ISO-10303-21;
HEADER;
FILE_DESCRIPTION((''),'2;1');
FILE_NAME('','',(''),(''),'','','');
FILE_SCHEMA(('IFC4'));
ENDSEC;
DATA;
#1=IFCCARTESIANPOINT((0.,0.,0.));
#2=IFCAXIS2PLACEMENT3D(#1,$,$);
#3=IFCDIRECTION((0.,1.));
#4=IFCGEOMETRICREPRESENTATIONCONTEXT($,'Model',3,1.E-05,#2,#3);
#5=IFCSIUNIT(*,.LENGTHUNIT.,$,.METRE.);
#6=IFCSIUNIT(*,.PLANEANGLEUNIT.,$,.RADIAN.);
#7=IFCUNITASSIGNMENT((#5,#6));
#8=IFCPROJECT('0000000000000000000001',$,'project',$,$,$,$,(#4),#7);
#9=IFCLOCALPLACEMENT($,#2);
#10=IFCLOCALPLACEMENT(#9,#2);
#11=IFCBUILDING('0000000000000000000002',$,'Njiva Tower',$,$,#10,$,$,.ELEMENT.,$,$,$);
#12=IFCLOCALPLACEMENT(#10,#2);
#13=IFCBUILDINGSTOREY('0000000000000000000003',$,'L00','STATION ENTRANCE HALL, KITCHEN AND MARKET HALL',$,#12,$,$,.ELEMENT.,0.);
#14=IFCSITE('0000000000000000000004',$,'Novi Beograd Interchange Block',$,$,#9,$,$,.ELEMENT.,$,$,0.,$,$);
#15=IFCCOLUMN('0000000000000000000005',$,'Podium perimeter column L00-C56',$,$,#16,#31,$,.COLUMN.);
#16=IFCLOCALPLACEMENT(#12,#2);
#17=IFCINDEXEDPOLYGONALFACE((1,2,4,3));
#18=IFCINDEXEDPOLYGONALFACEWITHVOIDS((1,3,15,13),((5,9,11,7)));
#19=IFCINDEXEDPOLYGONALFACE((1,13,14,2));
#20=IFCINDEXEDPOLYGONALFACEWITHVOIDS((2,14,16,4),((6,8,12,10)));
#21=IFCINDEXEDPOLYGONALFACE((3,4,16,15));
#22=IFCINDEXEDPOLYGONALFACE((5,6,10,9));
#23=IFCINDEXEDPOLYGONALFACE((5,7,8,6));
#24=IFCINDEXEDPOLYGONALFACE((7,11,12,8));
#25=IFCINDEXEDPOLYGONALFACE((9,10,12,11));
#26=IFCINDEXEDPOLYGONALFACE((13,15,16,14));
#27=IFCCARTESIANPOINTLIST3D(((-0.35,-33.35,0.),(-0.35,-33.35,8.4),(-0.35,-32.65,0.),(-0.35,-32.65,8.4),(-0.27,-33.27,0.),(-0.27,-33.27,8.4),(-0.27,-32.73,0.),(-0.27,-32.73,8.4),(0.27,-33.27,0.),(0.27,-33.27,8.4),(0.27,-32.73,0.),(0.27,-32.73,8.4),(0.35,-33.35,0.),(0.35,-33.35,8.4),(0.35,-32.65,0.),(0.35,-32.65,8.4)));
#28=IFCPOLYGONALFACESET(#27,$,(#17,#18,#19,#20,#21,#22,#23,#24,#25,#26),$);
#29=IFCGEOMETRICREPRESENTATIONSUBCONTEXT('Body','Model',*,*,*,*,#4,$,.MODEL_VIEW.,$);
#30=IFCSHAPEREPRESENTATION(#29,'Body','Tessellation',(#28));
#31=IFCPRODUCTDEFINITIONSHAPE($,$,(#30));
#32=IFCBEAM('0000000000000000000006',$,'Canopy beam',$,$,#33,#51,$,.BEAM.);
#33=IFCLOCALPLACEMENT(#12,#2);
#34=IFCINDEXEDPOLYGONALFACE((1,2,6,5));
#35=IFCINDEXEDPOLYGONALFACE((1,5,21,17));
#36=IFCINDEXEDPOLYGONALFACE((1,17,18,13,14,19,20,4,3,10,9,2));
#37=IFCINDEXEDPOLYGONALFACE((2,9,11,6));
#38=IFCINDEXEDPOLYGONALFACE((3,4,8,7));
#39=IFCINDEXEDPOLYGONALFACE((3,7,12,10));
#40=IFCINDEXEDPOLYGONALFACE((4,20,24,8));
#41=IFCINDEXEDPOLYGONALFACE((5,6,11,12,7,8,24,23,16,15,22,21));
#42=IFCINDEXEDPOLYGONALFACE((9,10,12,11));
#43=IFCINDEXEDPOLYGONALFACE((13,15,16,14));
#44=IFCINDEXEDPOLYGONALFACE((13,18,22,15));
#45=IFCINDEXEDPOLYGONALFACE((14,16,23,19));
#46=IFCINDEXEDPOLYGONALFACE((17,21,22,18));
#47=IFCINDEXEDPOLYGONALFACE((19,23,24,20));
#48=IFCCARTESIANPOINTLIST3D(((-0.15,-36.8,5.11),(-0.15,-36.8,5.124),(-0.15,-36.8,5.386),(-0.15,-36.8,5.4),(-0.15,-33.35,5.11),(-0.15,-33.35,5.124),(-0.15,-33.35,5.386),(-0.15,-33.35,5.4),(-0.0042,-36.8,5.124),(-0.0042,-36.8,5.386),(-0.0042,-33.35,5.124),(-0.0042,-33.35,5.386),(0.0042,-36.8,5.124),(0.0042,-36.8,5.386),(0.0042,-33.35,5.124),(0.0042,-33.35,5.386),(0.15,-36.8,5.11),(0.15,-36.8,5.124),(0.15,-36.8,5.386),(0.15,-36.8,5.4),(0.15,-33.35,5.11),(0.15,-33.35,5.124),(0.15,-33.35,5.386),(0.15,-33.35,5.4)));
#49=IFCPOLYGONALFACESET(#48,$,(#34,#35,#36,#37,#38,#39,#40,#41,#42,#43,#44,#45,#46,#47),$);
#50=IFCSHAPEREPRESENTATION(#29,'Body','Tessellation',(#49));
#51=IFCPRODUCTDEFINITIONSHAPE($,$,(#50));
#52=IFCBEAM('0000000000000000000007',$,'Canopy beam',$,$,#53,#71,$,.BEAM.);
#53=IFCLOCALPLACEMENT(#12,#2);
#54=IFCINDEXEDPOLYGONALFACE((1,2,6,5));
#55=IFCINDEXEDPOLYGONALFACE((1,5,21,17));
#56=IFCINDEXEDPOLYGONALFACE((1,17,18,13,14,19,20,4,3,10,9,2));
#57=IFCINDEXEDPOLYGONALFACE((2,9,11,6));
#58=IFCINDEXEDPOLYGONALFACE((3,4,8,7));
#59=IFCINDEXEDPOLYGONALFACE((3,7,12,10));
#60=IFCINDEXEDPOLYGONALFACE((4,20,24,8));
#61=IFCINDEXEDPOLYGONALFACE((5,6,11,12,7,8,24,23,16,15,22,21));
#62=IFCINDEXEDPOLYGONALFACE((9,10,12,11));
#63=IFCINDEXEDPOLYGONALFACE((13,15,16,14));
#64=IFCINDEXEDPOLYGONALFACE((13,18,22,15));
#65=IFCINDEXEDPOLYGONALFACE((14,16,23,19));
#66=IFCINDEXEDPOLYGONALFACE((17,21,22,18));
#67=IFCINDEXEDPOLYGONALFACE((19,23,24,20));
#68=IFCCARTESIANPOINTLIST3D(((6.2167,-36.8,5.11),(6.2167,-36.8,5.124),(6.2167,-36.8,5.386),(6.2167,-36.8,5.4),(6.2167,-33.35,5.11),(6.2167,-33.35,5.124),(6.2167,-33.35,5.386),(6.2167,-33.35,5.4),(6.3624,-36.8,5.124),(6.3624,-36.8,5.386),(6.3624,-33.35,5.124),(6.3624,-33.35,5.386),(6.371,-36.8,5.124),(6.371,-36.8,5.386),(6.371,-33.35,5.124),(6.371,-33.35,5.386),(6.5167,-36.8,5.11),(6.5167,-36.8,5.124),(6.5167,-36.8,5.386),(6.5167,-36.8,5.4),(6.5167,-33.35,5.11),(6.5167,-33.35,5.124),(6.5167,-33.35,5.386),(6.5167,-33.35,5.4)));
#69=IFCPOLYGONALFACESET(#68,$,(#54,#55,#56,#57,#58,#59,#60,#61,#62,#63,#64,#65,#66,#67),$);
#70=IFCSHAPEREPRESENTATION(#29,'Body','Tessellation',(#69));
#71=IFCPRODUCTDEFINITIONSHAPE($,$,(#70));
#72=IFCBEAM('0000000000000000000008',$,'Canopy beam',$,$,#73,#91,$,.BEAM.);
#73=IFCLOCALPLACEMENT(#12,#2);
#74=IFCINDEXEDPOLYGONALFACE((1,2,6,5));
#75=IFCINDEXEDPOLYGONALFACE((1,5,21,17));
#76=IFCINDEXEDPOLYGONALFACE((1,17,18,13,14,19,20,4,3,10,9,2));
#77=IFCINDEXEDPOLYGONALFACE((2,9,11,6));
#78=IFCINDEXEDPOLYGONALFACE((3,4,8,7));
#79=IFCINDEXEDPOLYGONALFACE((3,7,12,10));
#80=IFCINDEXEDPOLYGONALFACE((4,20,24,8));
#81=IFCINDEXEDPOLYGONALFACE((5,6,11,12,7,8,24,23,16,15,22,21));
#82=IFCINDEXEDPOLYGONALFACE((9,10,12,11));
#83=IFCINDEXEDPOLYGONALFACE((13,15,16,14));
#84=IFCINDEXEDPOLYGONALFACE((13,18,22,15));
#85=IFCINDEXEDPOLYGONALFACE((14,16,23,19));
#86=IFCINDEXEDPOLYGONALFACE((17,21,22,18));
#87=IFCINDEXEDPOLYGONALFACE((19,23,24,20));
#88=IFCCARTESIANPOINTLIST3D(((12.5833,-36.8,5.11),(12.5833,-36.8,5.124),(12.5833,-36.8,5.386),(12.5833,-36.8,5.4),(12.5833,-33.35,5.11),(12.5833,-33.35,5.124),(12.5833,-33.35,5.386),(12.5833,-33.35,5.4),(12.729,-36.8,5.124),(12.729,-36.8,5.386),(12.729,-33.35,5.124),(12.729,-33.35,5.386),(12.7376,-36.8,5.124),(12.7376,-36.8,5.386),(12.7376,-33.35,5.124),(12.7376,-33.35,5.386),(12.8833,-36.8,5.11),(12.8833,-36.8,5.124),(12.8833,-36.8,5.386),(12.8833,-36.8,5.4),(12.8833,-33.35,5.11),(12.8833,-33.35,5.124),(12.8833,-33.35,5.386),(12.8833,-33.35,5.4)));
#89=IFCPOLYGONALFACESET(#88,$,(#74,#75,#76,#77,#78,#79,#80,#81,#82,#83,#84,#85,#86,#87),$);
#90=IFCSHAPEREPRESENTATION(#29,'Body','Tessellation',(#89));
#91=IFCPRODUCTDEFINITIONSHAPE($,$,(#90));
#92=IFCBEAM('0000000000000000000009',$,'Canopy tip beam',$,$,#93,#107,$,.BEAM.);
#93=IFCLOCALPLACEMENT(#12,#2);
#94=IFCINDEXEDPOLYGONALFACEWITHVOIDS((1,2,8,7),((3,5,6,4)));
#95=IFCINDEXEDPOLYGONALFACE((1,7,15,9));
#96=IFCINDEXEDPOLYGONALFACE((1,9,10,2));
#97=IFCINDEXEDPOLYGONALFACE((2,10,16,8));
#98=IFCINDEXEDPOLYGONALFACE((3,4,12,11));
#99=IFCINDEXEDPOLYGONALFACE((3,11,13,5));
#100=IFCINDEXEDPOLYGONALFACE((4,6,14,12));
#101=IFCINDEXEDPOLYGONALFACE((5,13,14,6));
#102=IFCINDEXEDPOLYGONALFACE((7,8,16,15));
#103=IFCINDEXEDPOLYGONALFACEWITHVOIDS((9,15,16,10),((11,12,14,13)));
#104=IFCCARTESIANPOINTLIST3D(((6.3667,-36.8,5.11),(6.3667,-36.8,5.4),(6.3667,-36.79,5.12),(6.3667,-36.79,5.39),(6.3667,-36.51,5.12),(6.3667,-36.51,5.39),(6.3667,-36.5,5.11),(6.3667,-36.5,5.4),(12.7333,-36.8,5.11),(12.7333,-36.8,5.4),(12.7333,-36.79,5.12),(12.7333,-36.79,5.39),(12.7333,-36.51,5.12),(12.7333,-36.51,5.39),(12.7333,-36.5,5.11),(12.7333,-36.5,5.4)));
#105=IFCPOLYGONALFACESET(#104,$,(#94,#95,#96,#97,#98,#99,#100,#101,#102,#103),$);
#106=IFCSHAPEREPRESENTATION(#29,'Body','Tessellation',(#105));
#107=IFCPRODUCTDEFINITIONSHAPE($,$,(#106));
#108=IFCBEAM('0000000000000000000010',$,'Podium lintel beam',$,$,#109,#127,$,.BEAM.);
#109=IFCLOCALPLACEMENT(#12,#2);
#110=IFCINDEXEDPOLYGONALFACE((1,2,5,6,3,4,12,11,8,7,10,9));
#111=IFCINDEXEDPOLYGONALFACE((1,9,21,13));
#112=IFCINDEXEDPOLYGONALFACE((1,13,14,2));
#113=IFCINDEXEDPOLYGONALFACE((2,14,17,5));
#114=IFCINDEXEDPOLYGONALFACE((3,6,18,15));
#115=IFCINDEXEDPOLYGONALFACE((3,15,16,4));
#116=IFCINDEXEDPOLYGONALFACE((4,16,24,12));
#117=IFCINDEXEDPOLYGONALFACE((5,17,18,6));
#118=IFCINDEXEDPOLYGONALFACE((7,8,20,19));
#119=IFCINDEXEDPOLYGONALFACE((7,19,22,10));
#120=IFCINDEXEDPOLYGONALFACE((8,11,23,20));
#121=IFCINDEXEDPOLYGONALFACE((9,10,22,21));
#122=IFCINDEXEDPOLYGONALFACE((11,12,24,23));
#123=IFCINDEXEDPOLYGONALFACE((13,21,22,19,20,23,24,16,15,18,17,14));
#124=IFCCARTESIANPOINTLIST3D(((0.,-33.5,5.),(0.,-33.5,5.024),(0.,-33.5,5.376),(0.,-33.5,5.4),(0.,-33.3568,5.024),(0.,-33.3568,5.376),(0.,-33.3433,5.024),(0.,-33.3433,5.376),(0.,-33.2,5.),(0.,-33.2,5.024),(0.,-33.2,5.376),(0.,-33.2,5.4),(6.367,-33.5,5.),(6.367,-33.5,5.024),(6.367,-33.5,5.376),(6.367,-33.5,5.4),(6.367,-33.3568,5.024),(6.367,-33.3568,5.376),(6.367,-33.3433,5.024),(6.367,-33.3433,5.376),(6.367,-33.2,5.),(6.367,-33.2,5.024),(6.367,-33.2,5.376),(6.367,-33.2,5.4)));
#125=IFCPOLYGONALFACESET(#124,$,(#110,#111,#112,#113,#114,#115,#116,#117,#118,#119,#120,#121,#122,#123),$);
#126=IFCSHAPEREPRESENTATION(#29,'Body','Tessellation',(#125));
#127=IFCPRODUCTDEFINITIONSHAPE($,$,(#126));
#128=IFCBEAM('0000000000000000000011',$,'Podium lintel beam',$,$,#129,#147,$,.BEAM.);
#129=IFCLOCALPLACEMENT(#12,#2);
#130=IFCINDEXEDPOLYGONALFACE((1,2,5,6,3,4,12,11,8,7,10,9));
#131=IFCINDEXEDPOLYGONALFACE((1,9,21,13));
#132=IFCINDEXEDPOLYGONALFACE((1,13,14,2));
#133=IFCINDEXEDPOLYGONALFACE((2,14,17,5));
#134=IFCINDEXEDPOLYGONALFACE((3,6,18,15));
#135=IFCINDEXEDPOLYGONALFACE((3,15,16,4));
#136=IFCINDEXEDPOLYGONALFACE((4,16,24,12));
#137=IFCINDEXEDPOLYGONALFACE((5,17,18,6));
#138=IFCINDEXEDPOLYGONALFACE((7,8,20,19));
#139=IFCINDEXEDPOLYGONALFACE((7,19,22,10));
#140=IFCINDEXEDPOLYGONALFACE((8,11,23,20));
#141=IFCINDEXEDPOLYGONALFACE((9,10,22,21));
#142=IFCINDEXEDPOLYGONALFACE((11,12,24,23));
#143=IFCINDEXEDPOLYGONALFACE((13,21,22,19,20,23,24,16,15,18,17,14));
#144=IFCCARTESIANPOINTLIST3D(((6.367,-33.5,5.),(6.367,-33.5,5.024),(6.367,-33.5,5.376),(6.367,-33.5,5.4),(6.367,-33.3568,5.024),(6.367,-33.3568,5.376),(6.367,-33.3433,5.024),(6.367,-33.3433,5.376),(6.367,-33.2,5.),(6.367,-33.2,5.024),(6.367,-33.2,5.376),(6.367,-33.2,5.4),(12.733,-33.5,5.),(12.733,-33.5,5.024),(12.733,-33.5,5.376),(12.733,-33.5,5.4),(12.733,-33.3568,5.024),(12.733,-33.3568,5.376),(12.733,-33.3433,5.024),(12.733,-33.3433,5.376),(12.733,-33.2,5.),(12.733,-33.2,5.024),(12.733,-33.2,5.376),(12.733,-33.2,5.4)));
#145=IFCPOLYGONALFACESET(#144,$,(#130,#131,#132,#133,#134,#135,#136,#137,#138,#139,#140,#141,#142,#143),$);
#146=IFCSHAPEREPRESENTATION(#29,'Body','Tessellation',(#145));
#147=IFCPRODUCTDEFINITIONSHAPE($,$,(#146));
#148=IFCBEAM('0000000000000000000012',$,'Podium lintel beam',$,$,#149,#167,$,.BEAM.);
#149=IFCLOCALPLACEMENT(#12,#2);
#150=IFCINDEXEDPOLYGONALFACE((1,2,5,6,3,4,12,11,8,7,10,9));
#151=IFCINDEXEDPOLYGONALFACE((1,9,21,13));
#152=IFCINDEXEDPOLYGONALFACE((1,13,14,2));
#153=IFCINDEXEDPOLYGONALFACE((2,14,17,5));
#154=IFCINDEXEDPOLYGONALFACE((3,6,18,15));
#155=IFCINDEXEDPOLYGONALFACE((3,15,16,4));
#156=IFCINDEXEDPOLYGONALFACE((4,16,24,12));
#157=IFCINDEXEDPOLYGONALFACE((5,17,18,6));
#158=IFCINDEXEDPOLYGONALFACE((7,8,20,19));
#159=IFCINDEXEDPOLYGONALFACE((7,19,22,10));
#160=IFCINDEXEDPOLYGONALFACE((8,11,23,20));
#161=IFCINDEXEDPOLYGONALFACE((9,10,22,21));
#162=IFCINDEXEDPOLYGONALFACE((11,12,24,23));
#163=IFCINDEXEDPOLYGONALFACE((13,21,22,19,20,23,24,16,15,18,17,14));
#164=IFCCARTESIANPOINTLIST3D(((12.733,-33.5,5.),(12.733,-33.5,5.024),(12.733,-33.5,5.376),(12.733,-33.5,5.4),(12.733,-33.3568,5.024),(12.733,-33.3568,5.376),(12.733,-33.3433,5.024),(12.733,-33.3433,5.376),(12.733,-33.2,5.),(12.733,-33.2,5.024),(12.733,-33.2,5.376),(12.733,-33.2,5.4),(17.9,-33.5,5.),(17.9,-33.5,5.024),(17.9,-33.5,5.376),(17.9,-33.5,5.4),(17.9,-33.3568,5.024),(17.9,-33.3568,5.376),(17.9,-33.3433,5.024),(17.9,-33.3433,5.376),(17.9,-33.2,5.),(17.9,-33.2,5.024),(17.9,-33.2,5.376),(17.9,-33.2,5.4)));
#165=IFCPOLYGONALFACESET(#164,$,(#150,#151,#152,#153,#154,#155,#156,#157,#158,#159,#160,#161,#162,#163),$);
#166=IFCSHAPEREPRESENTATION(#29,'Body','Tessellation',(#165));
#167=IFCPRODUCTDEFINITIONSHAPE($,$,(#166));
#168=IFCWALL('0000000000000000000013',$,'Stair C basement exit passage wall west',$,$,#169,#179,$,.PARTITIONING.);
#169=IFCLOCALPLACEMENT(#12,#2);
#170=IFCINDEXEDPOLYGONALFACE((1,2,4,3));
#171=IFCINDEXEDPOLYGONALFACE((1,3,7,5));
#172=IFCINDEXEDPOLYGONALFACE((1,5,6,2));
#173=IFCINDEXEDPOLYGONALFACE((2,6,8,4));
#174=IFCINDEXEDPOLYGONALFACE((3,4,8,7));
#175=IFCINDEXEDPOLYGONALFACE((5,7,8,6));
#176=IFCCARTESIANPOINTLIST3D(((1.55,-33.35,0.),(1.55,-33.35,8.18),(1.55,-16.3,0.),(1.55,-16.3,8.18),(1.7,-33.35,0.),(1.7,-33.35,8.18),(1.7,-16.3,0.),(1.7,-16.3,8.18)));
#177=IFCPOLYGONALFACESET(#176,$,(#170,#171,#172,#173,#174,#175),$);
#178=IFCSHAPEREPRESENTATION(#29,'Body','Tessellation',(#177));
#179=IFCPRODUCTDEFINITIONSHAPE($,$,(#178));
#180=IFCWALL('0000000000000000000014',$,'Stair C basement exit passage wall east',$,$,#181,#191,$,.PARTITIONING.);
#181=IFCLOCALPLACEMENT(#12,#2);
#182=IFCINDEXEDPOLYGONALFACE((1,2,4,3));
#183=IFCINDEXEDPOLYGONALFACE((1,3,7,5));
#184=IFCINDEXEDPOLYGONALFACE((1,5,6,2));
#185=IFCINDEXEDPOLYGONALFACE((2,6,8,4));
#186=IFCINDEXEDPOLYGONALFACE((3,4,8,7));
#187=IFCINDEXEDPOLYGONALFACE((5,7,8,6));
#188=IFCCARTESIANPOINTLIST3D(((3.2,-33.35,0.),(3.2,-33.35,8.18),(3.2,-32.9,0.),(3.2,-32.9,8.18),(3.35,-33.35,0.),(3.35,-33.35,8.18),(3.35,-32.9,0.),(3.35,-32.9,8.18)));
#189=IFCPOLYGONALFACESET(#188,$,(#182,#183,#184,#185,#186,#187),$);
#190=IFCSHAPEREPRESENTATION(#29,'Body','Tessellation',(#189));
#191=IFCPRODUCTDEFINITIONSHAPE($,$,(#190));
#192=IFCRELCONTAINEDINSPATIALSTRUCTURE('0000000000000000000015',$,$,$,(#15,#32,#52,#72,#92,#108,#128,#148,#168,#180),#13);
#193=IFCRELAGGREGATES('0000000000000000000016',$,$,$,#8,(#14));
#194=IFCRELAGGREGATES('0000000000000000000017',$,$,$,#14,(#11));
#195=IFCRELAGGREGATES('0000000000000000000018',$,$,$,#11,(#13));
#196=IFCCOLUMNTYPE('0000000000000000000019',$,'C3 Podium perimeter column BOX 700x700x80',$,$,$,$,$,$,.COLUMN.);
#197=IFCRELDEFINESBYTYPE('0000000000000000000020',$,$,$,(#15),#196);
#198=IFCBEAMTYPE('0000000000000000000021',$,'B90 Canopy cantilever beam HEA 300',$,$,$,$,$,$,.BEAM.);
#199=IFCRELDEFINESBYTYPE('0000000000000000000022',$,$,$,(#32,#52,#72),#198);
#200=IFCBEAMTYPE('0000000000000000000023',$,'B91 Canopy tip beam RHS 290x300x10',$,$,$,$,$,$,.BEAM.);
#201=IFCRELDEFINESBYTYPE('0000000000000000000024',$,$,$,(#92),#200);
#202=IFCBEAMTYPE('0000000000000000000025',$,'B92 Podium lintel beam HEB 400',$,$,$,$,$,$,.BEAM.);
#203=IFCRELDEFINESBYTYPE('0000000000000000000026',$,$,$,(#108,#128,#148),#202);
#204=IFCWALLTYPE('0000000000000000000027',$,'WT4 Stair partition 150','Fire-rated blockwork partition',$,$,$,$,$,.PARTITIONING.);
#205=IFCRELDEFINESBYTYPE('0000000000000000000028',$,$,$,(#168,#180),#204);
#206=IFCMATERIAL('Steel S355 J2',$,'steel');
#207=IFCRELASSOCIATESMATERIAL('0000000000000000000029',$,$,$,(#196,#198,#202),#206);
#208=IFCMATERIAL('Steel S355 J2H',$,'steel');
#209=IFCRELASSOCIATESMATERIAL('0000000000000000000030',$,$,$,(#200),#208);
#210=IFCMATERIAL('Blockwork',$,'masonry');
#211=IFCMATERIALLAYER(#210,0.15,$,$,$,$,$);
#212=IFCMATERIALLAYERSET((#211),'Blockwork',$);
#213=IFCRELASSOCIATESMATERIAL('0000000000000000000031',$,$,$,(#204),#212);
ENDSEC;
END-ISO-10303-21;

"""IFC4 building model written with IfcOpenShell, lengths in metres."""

from ifc_helpers import new_model, si_unit, direction, frame, frame_2d, origin, origin_2d, place, context, subcontext, project, spatial, rectangle, hollow_rectangle, i_section, extrude, material, layer, layer_set, material_profile, profile_set, type_object, element, save


model = new_model("IFC4")

# Units and contexts
model_context = context("Model", 3, precision=1e-05, world=origin(), true_north=direction((0.0, 1.0)))
body_context = subcontext(model_context, "Body", "Model", "MODEL_VIEW")
ifc_project = project(units=[si_unit("LENGTHUNIT", "METRE"), si_unit("PLANEANGLEUNIT", "RADIAN")], contexts=[model_context])

# Site, building, storey
site_placement = place(None, origin())
site = spatial("IfcSite", under=ifc_project, at=site_placement, Name="Novi Beograd Interchange Block", CompositionType="ELEMENT", RefElevation=0.0)
building_placement = place(site_placement, origin())
building = spatial("IfcBuilding", under=site, at=building_placement, Name="Njiva Tower", CompositionType="ELEMENT")
storey_placement = place(building_placement, origin())
storey = spatial("IfcBuildingStorey", under=building, at=storey_placement, Name="L00", Description="STATION ENTRANCE HALL, KITCHEN AND MARKET HALL", CompositionType="ELEMENT", Elevation=0.0)

# Column
ifc_material_1 = material(Name="Steel S355 J2", Category="steel")
ifc_material_profile_1 = material_profile(ifc_material_1, hollow_rectangle(XDim=0.7, YDim=0.7, WallThickness=0.08, at=origin_2d()), Name="BOX 700x700x80")
ifc_profile_set_1 = profile_set([ifc_material_profile_1], Name="Steel S355 J2")
column_type = type_object("IfcColumnType", Name="C3 Podium perimeter column BOX 700x700x80", PredefinedType="COLUMN", material=ifc_profile_set_1)
column_placement = place(storey_placement, frame((0.0, -33.0, 0.0), z_axis=(0.0, 0.0, 1.0), x_axis=(1.0, 0.0, 0.0)))
element("IfcColumn", 1, at=column_placement, inside=storey, type_object=column_type, Name="Podium perimeter column L00-C56", PredefinedType="COLUMN", context=body_context, shape_type="SweptSolid", body=[
    extrude(hollow_rectangle(XDim=0.7, YDim=0.7, WallThickness=0.08, at=origin_2d()), origin(), (0.0, 0.0, 1.0), 8.4),
])

# Beams
ifc_material_profile_2 = material_profile(ifc_material_1, i_section(OverallWidth=0.3, OverallDepth=0.29, WebThickness=0.0085, FlangeThickness=0.014, at=origin_2d()), Name="HEA300")
ifc_profile_set_2 = profile_set([ifc_material_profile_2], Name="Steel S355 J2")
beam_type_1 = type_object("IfcBeamType", Name="B90 Canopy cantilever beam HEA 300", PredefinedType="BEAM", material=ifc_profile_set_2)
for number, where, z_axis, x_axis, name in (
    (2, (0.0, -33.35, 5.255), (0.0, -1.0, 0.0), (1.0, 0.0, 0.0), "Canopy beam"),
    (3, (6.3667, -33.35, 5.255), (0.0, -1.0, 0.0), (1.0, 0.0, 0.0), "Canopy beam"),
    (4, (12.7333, -33.35, 5.255), (0.0, -1.0, 0.0), (1.0, 0.0, 0.0), "Canopy beam"),
):
    element("IfcBeam", number, at=place(storey_placement, frame(where, z_axis=z_axis, x_axis=x_axis)), inside=storey, type_object=beam_type_1, Name=name, PredefinedType="BEAM", context=body_context, shape_type="SweptSolid", body=[
        extrude(i_section(OverallWidth=0.3, OverallDepth=0.29, WebThickness=0.0085, FlangeThickness=0.014, at=origin_2d()), origin(), (0.0, 0.0, 1.0), 3.45),
    ])
ifc_material_2 = material(Name="Steel S355 J2H", Category="steel")
ifc_material_profile_3 = material_profile(ifc_material_2, hollow_rectangle(XDim=0.3, YDim=0.29, WallThickness=0.01, at=origin_2d()), Name="BOX 290x300x10")
ifc_profile_set_3 = profile_set([ifc_material_profile_3], Name="Steel S355 J2H")
beam_type_2 = type_object("IfcBeamType", Name="B91 Canopy tip beam RHS 290x300x10", PredefinedType="BEAM", material=ifc_profile_set_3)
beam_1_placement = place(storey_placement, frame((6.3667, -36.65, 5.255), z_axis=(1.0, 0.0, 0.0), x_axis=(0.0, 1.0, 0.0)))
element("IfcBeam", 5, at=beam_1_placement, inside=storey, type_object=beam_type_2, Name="Canopy tip beam", PredefinedType="BEAM", context=body_context, shape_type="SweptSolid", body=[
    extrude(hollow_rectangle(XDim=0.3, YDim=0.29, WallThickness=0.01, at=origin_2d()), origin(), (0.0, 0.0, 1.0), 6.3666),
])
ifc_material_profile_4 = material_profile(ifc_material_1, i_section(OverallWidth=0.3, OverallDepth=0.4, WebThickness=0.0135, FlangeThickness=0.024, at=origin_2d()), Name="HEB400")
ifc_profile_set_4 = profile_set([ifc_material_profile_4], Name="Steel S355 J2")
beam_type_3 = type_object("IfcBeamType", Name="B92 Podium lintel beam HEB 400", PredefinedType="BEAM", material=ifc_profile_set_4)
beam_2_placement = place(storey_placement, frame((0.0, -33.35, 5.2), z_axis=(1.0, 0.0, 0.0), x_axis=(0.0, 1.0, 0.0)))
element("IfcBeam", 6, at=beam_2_placement, inside=storey, type_object=beam_type_3, Name="Podium lintel beam", PredefinedType="BEAM", context=body_context, shape_type="SweptSolid", body=[
    extrude(i_section(OverallWidth=0.3, OverallDepth=0.4, WebThickness=0.0135, FlangeThickness=0.024, at=origin_2d()), origin(), (0.0, 0.0, 1.0), 6.367),
])
beam_3_placement = place(storey_placement, frame((6.367, -33.35, 5.2), z_axis=(1.0, 0.0, 0.0), x_axis=(0.0, 1.0, 0.0)))
element("IfcBeam", 7, at=beam_3_placement, inside=storey, type_object=beam_type_3, Name="Podium lintel beam", PredefinedType="BEAM", context=body_context, shape_type="SweptSolid", body=[
    extrude(i_section(OverallWidth=0.3, OverallDepth=0.4, WebThickness=0.0135, FlangeThickness=0.024, at=origin_2d()), origin(), (0.0, 0.0, 1.0), 6.366),
])
beam_4_placement = place(storey_placement, frame((12.733, -33.35, 5.2), z_axis=(1.0, 0.0, 0.0), x_axis=(0.0, 1.0, 0.0)))
element("IfcBeam", 8, at=beam_4_placement, inside=storey, type_object=beam_type_3, Name="Podium lintel beam", PredefinedType="BEAM", context=body_context, shape_type="SweptSolid", body=[
    extrude(i_section(OverallWidth=0.3, OverallDepth=0.4, WebThickness=0.0135, FlangeThickness=0.024, at=origin_2d()), origin(), (0.0, 0.0, 1.0), 5.167),
])

# Walls
ifc_material_3 = material(Name="Blockwork", Category="masonry")
ifc_layer_1 = layer(ifc_material_3, 0.15)
ifc_layer_set_1 = layer_set([ifc_layer_1], Name="Blockwork")
wall_type_1 = type_object("IfcWallType", Name="WT4 Stair partition 150", Description="Fire-rated blockwork partition", PredefinedType="PARTITIONING", material=ifc_layer_set_1)
wall_1_placement = place(storey_placement, frame((1.625, -33.35, 0.0), z_axis=(0.0, 0.0, 1.0), x_axis=(0.0, 1.0, 0.0)))
element("IfcWall", 9, at=wall_1_placement, inside=storey, type_object=wall_type_1, Name="Stair C basement exit passage wall west", PredefinedType="PARTITIONING", context=body_context, shape_type="SweptSolid", body=[
    extrude(rectangle(XDim=17.05, YDim=0.15, at=frame_2d((8.525, 0.0))), origin(), (0.0, 0.0, 1.0), 8.18),
])
wall_2_placement = place(storey_placement, frame((3.275, -33.35, 0.0), z_axis=(0.0, 0.0, 1.0), x_axis=(0.0, 1.0, 0.0)))
element("IfcWall", 10, at=wall_2_placement, inside=storey, type_object=wall_type_1, Name="Stair C basement exit passage wall east", PredefinedType="PARTITIONING", context=body_context, shape_type="SweptSolid", body=[
    extrude(rectangle(XDim=0.45, YDim=0.15, at=frame_2d((0.225, 0.0))), origin(), (0.0, 0.0, 1.0), 8.18),
])

save(model, "model.ifc")
